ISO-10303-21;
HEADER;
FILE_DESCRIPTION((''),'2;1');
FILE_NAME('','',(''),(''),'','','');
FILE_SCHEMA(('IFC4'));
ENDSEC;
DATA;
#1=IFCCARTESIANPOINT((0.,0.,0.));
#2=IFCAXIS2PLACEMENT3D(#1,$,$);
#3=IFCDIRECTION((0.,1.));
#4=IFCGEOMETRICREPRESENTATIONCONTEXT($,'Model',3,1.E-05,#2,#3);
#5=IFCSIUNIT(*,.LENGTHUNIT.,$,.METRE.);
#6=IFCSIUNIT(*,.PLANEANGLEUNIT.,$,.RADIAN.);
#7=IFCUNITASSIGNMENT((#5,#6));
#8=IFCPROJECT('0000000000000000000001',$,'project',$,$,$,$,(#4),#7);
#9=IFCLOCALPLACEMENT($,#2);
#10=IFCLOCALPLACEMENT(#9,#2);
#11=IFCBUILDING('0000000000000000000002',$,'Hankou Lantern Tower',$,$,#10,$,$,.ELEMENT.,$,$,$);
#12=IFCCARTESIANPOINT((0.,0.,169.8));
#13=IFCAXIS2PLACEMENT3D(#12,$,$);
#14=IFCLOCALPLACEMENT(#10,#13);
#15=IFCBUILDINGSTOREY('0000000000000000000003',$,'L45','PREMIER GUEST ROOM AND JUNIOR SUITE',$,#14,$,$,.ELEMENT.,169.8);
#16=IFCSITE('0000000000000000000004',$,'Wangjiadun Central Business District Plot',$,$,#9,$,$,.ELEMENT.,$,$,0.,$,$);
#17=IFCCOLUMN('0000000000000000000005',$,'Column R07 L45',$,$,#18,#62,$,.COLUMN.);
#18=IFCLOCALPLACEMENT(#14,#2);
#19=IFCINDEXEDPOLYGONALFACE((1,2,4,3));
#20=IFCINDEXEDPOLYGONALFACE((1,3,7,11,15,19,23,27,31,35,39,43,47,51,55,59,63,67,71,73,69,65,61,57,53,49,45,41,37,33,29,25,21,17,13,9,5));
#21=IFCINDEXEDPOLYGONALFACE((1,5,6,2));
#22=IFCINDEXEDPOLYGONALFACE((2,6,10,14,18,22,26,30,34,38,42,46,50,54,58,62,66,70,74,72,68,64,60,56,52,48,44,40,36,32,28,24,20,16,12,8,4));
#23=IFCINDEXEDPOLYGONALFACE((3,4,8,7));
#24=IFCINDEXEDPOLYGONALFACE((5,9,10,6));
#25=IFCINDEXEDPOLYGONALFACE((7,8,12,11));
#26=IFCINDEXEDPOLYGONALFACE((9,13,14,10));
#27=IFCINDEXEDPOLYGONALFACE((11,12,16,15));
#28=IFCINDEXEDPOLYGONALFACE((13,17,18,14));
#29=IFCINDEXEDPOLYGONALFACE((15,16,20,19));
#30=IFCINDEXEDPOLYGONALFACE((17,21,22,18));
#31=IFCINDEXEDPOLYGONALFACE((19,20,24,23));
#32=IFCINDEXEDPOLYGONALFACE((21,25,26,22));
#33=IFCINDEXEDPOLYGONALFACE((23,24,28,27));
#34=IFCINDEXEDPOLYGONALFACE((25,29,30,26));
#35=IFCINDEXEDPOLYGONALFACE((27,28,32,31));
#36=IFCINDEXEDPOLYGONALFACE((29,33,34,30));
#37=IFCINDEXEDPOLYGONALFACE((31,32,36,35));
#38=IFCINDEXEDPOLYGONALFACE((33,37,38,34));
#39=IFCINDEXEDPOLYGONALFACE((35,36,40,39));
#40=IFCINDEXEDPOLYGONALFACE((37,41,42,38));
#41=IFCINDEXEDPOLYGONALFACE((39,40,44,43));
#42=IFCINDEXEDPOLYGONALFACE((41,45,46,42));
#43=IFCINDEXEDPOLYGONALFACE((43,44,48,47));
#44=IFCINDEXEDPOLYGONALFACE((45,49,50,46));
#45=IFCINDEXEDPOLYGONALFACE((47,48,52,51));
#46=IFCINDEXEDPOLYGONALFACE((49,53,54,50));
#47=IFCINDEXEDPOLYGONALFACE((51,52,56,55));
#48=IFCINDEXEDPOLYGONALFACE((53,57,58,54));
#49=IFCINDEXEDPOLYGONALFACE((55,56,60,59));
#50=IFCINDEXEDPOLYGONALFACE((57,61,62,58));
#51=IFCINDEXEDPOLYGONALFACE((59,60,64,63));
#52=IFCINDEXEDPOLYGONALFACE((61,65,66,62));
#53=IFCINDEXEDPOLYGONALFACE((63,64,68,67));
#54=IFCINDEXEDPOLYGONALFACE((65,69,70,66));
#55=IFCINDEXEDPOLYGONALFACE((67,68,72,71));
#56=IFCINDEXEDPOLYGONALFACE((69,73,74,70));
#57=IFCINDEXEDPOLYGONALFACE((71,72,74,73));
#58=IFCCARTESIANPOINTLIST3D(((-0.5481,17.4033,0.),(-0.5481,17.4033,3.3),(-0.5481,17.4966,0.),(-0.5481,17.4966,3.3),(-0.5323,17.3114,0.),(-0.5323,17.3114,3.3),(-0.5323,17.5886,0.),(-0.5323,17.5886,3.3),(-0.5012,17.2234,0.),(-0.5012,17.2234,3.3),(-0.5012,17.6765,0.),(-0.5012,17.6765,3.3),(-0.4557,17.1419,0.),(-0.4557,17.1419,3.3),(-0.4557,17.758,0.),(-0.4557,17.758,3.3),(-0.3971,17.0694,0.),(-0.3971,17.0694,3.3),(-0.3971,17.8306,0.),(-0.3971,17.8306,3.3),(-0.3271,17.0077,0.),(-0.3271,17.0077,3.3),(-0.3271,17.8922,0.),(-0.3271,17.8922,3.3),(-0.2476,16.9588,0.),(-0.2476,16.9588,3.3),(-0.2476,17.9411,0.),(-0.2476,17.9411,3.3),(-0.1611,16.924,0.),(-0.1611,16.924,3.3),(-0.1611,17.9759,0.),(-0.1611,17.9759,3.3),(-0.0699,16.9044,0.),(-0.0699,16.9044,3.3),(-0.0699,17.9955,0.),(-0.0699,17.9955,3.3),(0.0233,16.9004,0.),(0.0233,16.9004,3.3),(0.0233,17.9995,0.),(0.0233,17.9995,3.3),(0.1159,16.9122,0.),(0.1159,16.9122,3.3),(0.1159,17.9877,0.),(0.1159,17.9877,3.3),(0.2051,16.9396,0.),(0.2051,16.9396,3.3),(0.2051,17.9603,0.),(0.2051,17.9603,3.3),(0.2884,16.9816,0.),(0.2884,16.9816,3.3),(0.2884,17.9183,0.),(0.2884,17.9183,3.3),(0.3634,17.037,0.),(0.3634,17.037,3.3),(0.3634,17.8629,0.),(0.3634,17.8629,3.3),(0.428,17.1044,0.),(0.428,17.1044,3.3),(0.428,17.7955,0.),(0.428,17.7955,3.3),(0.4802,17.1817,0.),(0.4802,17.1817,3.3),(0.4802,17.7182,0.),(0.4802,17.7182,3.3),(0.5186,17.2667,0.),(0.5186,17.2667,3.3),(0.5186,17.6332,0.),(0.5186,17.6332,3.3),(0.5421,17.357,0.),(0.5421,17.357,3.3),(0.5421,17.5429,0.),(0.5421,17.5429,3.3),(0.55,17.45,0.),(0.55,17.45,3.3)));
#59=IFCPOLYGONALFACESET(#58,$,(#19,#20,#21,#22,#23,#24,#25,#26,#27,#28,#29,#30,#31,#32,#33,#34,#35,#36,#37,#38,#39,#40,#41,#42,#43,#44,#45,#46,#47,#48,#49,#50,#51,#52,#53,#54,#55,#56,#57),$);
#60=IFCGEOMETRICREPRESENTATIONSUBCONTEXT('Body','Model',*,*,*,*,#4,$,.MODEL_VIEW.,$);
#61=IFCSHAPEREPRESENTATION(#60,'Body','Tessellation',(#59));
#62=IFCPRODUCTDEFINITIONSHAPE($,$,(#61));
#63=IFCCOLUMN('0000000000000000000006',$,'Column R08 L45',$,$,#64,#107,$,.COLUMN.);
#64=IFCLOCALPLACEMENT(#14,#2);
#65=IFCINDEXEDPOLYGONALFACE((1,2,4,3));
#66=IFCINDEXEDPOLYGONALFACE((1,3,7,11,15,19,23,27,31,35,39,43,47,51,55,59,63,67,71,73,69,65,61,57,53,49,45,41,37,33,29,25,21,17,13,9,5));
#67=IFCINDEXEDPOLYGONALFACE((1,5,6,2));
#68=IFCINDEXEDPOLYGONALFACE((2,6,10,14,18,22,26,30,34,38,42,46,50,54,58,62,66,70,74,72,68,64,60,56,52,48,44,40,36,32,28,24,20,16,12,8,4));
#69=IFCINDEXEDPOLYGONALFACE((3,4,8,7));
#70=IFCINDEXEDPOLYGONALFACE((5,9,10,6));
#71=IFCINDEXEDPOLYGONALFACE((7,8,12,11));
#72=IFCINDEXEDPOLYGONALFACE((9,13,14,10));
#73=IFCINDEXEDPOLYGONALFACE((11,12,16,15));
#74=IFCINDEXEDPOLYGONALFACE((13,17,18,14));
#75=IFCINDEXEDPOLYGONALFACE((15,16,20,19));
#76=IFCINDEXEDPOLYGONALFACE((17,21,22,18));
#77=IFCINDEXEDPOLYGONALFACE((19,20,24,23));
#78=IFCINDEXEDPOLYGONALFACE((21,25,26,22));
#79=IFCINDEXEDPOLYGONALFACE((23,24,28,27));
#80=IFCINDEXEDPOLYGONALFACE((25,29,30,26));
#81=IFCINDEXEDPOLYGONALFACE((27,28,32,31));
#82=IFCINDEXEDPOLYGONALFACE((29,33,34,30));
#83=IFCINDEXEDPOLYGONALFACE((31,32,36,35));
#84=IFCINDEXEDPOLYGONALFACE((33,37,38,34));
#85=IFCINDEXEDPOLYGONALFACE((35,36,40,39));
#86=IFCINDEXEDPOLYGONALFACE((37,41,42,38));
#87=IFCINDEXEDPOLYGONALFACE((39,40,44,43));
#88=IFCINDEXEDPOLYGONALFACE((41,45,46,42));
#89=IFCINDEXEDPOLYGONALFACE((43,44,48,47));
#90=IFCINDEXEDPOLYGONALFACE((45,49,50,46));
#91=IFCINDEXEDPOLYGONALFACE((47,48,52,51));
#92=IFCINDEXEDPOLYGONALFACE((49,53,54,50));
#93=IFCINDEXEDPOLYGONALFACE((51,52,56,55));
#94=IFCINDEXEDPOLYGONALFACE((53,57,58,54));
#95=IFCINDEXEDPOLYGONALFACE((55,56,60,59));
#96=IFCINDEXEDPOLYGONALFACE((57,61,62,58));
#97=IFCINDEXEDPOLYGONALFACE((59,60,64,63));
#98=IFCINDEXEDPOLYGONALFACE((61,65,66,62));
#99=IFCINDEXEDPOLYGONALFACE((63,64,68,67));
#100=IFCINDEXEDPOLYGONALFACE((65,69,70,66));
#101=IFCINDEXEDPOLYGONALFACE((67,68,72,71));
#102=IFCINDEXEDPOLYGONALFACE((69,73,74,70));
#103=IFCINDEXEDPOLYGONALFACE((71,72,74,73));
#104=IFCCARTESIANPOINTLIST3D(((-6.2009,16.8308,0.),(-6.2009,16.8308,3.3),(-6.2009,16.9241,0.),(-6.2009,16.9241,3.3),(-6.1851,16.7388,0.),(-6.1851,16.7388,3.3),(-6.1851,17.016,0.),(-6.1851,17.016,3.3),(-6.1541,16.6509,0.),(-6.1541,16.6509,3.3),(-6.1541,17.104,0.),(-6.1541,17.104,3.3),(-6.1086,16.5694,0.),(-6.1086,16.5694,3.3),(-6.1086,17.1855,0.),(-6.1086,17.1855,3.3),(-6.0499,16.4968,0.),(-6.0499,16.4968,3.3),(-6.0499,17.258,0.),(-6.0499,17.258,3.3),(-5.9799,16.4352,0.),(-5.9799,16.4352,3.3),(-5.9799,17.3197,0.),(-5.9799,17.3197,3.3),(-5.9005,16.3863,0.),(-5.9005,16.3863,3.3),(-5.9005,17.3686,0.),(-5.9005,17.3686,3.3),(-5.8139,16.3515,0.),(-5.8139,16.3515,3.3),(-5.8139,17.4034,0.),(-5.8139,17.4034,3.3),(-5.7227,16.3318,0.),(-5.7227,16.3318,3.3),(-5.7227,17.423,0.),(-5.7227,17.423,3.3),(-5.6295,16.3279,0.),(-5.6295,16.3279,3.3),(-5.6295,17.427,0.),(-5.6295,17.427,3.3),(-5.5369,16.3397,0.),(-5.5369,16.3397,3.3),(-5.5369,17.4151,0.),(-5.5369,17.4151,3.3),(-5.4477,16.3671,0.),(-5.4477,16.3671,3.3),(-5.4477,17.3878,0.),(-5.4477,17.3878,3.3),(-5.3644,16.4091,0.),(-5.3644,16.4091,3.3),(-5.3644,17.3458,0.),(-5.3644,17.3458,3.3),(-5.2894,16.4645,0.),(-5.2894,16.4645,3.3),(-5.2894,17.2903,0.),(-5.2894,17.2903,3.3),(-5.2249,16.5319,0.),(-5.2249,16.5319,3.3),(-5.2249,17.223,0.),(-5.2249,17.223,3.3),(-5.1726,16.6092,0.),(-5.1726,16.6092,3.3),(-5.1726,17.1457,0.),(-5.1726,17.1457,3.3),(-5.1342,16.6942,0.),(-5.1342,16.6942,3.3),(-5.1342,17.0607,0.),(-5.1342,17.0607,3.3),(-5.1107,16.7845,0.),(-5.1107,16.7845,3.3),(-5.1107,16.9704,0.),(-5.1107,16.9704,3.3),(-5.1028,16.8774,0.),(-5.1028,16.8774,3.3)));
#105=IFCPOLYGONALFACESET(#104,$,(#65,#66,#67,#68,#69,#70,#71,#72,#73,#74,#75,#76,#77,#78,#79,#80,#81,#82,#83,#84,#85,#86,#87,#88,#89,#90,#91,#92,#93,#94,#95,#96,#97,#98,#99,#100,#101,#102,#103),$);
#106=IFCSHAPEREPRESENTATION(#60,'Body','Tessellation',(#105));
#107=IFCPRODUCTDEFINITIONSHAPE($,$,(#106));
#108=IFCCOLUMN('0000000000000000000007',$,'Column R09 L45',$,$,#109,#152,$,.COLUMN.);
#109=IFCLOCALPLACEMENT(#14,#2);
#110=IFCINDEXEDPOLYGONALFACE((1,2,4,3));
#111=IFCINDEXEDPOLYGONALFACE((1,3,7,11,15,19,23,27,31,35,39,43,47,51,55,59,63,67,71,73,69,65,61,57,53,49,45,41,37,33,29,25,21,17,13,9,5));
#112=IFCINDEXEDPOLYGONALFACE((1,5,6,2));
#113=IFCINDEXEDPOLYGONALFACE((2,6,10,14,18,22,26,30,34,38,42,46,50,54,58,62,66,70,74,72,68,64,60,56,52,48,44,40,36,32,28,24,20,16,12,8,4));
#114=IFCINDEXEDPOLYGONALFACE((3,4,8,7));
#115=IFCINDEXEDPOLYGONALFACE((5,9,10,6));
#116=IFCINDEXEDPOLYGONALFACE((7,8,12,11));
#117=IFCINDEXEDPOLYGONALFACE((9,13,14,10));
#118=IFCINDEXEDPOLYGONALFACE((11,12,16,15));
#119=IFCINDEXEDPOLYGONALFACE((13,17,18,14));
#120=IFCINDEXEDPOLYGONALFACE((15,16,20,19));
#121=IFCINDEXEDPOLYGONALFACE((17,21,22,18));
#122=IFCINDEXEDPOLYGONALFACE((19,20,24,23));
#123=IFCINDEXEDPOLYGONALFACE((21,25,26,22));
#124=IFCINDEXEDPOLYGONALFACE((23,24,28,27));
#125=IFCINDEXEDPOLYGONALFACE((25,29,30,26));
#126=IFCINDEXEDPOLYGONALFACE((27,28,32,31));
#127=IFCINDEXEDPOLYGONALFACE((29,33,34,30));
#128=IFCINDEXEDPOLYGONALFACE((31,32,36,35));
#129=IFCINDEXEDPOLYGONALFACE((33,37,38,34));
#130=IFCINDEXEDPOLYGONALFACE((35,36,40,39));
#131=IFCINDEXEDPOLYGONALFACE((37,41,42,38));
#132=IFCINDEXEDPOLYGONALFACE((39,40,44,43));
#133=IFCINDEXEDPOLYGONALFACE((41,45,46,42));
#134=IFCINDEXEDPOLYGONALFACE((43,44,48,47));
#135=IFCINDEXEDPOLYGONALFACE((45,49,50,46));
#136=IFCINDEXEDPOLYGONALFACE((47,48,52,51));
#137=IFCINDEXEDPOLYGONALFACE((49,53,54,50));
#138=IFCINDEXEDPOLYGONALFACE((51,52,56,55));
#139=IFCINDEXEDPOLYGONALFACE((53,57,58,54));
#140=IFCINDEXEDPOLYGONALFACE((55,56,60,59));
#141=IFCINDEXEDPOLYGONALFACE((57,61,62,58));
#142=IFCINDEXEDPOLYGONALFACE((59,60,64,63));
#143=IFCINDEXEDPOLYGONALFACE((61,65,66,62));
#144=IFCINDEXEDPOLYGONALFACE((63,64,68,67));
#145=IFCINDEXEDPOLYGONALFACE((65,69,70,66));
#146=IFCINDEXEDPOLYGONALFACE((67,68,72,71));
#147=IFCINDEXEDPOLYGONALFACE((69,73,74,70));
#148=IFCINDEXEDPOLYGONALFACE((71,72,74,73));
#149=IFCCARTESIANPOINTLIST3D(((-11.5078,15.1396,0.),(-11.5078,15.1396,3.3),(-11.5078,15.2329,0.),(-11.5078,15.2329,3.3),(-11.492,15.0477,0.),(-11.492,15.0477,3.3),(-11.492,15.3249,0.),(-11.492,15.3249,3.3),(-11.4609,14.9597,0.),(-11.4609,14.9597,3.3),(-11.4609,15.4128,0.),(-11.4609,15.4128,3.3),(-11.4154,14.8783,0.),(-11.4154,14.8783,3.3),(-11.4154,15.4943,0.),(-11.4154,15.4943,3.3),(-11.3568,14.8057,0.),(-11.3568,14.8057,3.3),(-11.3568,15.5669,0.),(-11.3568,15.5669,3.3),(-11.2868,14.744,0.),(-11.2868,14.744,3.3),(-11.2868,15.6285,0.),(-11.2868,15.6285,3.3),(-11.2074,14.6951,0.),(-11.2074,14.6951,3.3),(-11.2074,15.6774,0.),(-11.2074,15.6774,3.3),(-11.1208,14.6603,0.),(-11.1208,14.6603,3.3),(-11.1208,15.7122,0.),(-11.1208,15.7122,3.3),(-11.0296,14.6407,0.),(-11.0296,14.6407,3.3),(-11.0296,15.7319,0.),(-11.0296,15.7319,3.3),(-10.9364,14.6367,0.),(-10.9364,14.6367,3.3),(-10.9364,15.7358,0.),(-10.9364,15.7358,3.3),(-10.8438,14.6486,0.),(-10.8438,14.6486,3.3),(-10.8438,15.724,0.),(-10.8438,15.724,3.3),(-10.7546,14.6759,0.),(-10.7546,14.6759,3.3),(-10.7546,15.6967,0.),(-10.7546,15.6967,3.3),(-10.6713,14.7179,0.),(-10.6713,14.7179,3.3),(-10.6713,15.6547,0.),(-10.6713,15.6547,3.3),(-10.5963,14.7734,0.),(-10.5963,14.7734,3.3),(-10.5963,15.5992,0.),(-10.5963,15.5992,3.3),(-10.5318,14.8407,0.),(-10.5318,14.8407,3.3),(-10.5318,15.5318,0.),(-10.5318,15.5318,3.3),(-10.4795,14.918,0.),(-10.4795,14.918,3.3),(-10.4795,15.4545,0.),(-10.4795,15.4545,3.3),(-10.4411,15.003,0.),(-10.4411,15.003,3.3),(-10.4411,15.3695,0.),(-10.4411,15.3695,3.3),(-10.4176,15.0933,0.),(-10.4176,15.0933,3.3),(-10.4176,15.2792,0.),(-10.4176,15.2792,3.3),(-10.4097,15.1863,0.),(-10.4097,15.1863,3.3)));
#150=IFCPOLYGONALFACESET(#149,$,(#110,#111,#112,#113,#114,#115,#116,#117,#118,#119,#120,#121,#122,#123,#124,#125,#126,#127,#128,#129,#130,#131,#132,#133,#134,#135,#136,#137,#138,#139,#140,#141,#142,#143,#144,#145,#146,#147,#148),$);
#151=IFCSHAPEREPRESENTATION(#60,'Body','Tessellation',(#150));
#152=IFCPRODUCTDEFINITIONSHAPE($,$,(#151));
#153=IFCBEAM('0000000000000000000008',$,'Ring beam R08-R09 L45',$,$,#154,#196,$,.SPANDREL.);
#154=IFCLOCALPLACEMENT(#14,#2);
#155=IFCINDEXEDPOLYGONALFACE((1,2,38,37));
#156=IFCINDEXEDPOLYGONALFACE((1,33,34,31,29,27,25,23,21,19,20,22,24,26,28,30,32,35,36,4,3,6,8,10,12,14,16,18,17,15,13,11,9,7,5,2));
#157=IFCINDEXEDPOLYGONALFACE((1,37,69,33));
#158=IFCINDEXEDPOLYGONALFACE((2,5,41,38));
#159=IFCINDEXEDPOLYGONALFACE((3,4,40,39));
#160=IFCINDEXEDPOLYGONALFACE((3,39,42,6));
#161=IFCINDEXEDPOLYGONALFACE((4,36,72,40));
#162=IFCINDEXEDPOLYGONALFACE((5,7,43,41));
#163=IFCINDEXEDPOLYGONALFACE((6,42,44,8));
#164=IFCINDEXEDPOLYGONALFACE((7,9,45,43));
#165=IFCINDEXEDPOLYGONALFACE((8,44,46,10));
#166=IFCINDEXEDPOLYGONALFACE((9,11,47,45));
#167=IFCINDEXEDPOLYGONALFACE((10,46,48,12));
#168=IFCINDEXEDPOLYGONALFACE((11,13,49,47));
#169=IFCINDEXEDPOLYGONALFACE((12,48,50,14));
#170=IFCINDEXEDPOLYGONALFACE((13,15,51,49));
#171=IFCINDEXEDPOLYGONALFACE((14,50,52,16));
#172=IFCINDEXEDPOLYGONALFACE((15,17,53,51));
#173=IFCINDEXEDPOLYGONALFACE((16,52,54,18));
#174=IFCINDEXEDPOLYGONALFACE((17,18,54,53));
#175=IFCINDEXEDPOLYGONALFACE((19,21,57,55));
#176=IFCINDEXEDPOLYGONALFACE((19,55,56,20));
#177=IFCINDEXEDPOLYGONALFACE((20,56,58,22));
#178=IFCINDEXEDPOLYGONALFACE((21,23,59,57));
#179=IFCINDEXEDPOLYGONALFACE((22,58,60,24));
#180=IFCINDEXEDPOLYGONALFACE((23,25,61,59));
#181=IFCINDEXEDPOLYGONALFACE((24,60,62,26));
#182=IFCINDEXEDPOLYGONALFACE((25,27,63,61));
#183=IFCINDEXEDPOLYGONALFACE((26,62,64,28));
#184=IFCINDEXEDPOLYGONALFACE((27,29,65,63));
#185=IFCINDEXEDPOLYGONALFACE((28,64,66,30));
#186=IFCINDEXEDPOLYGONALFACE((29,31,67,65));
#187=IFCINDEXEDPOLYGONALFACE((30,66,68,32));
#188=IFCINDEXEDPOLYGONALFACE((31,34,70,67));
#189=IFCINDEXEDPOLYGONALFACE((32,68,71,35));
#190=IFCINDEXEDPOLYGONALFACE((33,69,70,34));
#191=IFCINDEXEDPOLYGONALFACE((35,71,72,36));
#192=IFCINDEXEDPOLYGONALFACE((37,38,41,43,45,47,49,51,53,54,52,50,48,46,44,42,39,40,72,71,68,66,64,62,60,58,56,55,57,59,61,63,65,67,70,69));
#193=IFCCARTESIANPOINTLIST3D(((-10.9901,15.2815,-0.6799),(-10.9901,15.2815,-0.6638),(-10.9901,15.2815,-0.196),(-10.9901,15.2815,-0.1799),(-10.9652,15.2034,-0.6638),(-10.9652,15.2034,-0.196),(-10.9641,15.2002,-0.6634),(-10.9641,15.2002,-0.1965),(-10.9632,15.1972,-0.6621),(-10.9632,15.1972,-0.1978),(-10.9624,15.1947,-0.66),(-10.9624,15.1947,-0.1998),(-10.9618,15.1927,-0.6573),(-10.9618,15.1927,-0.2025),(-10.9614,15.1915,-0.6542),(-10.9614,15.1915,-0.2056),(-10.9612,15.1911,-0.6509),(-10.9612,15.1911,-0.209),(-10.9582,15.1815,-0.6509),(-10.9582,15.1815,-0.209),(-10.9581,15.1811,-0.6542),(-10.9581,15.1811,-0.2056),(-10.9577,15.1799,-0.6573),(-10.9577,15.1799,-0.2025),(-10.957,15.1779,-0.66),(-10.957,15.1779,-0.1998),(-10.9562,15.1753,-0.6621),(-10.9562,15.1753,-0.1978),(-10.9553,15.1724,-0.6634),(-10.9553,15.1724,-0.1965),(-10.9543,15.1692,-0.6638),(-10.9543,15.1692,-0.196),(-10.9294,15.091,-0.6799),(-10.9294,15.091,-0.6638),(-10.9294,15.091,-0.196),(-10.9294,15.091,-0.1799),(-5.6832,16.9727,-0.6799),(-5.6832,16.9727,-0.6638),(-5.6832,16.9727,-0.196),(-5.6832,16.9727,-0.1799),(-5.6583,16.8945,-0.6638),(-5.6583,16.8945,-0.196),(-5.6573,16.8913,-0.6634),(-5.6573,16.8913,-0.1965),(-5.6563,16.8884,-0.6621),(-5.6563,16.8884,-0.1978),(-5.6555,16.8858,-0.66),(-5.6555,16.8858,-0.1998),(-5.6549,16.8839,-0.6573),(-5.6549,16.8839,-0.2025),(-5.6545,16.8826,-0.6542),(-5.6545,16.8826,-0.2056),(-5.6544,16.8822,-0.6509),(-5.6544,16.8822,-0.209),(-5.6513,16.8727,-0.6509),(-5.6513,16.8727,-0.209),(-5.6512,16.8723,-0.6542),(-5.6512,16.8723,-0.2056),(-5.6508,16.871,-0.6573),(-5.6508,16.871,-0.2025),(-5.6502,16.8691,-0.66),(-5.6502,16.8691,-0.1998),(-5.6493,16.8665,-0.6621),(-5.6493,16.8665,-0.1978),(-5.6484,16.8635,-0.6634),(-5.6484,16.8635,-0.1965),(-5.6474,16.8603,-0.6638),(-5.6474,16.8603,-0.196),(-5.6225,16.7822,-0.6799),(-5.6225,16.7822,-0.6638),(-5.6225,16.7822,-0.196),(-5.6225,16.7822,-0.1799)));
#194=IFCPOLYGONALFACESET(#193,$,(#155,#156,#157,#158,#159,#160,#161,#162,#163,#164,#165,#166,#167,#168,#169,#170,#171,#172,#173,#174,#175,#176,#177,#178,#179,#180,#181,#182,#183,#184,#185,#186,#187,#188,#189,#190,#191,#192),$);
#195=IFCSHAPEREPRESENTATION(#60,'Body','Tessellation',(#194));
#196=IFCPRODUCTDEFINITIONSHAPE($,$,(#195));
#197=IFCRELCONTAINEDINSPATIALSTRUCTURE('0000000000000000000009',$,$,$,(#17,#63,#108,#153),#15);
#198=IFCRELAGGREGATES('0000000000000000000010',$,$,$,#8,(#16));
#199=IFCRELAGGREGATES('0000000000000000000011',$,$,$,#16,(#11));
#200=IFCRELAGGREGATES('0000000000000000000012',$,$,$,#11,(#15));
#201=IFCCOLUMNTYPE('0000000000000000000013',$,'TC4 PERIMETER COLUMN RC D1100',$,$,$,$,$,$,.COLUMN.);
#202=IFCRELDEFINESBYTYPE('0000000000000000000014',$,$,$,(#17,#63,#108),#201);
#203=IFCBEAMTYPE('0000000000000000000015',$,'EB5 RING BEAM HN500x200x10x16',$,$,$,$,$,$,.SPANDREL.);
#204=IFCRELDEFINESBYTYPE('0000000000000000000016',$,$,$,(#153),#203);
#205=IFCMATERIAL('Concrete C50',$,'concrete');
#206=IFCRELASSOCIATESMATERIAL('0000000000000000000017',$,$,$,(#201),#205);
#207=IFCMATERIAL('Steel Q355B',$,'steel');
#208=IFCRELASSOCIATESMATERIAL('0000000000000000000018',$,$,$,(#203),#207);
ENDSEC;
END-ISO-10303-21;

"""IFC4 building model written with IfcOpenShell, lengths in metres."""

from ifc_helpers import new_model, si_unit, direction, frame, origin, origin_2d, place, context, subcontext, project, spatial, circle, i_section, extrude, material, material_profile, profile_set, type_object, element, save


model = new_model("IFC4")

# Units and contexts
model_context = context("Model", 3, precision=1e-05, world=origin(), true_north=direction((0.0, 1.0)))
body_context = subcontext(model_context, "Body", "Model", "MODEL_VIEW")
ifc_project = project(units=[si_unit("LENGTHUNIT", "METRE"), si_unit("PLANEANGLEUNIT", "RADIAN")], contexts=[model_context])

# Site, building, storey
site_placement = place(None, origin())
site = spatial("IfcSite", under=ifc_project, at=site_placement, Name="Wangjiadun Central Business District Plot", CompositionType="ELEMENT", RefElevation=0.0)
building_placement = place(site_placement, origin())
building = spatial("IfcBuilding", under=site, at=building_placement, Name="Hankou Lantern Tower", CompositionType="ELEMENT")
storey_placement = place(building_placement, frame((0.0, 0.0, 169.8)))
storey = spatial("IfcBuildingStorey", under=building, at=storey_placement, Name="L45", Description="PREMIER GUEST ROOM AND JUNIOR SUITE", CompositionType="ELEMENT", Elevation=169.8)

# Columns
ifc_material_1 = material(Name="Concrete C50", Category="concrete")
ifc_material_profile_1 = material_profile(ifc_material_1, circle(Radius=0.55, at=origin_2d()), Name="RC D1100")
ifc_profile_set_1 = profile_set([ifc_material_profile_1], Name="Concrete C50")
column_type = type_object("IfcColumnType", Name="TC4 PERIMETER COLUMN RC D1100", PredefinedType="COLUMN", material=ifc_profile_set_1)
for number, where, z_axis, x_axis, name in (
    (1, (0.0, 17.45, 0.0), (0.0, 0.0, 1.0), (1.0, 0.0, 0.0), "Column R07 L45"),
    (2, (-5.6528, 16.8774, 0.0), (0.0, 0.0, 1.0), (1.0, 0.0, 0.0), "Column R08 L45"),
    (3, (-10.9597, 15.1863, 0.0), (0.0, 0.0, 1.0), (1.0, 0.0, 0.0), "Column R09 L45"),
):
    element("IfcColumn", number, at=place(storey_placement, frame(where, z_axis=z_axis, x_axis=x_axis)), inside=storey, type_object=column_type, Name=name, PredefinedType="COLUMN", context=body_context, shape_type="SweptSolid", body=[
        extrude(circle(Radius=0.55, at=origin_2d()), origin(), (0.0, 0.0, 1.0), 3.3),
    ])

# Beam
ifc_material_2 = material(Name="Steel Q355B", Category="steel")
ifc_material_profile_2 = material_profile(ifc_material_2, i_section(OverallWidth=0.2, OverallDepth=0.5, WebThickness=0.01, FlangeThickness=0.0161, FilletRadius=0.0129, at=origin_2d()), Name="HN500x200x10x16")
ifc_profile_set_2 = profile_set([ifc_material_profile_2], Name="Steel Q355B")
beam_type_1 = type_object("IfcBeamType", Name="EB5 RING BEAM HN500x200x10x16", PredefinedType="SPANDREL", material=ifc_profile_set_2)
beam_1_placement = place(storey_placement, frame((-5.6528, 16.8774, -0.4299), z_axis=(-0.95279, -0.303629, 0.0), x_axis=(0.303629, -0.95279, 0.0)))
element("IfcBeam", 4, at=beam_1_placement, inside=storey, type_object=beam_type_1, Name="Ring beam R08-R09 L45", PredefinedType="SPANDREL", context=body_context, shape_type="SweptSolid", body=[
    extrude(i_section(OverallWidth=0.2, OverallDepth=0.5, WebThickness=0.01, FlangeThickness=0.0161, FilletRadius=0.0129, at=origin_2d()), origin(), (0.0, 0.0, 1.0), 5.5698),
])

save(model, "model.ifc")
